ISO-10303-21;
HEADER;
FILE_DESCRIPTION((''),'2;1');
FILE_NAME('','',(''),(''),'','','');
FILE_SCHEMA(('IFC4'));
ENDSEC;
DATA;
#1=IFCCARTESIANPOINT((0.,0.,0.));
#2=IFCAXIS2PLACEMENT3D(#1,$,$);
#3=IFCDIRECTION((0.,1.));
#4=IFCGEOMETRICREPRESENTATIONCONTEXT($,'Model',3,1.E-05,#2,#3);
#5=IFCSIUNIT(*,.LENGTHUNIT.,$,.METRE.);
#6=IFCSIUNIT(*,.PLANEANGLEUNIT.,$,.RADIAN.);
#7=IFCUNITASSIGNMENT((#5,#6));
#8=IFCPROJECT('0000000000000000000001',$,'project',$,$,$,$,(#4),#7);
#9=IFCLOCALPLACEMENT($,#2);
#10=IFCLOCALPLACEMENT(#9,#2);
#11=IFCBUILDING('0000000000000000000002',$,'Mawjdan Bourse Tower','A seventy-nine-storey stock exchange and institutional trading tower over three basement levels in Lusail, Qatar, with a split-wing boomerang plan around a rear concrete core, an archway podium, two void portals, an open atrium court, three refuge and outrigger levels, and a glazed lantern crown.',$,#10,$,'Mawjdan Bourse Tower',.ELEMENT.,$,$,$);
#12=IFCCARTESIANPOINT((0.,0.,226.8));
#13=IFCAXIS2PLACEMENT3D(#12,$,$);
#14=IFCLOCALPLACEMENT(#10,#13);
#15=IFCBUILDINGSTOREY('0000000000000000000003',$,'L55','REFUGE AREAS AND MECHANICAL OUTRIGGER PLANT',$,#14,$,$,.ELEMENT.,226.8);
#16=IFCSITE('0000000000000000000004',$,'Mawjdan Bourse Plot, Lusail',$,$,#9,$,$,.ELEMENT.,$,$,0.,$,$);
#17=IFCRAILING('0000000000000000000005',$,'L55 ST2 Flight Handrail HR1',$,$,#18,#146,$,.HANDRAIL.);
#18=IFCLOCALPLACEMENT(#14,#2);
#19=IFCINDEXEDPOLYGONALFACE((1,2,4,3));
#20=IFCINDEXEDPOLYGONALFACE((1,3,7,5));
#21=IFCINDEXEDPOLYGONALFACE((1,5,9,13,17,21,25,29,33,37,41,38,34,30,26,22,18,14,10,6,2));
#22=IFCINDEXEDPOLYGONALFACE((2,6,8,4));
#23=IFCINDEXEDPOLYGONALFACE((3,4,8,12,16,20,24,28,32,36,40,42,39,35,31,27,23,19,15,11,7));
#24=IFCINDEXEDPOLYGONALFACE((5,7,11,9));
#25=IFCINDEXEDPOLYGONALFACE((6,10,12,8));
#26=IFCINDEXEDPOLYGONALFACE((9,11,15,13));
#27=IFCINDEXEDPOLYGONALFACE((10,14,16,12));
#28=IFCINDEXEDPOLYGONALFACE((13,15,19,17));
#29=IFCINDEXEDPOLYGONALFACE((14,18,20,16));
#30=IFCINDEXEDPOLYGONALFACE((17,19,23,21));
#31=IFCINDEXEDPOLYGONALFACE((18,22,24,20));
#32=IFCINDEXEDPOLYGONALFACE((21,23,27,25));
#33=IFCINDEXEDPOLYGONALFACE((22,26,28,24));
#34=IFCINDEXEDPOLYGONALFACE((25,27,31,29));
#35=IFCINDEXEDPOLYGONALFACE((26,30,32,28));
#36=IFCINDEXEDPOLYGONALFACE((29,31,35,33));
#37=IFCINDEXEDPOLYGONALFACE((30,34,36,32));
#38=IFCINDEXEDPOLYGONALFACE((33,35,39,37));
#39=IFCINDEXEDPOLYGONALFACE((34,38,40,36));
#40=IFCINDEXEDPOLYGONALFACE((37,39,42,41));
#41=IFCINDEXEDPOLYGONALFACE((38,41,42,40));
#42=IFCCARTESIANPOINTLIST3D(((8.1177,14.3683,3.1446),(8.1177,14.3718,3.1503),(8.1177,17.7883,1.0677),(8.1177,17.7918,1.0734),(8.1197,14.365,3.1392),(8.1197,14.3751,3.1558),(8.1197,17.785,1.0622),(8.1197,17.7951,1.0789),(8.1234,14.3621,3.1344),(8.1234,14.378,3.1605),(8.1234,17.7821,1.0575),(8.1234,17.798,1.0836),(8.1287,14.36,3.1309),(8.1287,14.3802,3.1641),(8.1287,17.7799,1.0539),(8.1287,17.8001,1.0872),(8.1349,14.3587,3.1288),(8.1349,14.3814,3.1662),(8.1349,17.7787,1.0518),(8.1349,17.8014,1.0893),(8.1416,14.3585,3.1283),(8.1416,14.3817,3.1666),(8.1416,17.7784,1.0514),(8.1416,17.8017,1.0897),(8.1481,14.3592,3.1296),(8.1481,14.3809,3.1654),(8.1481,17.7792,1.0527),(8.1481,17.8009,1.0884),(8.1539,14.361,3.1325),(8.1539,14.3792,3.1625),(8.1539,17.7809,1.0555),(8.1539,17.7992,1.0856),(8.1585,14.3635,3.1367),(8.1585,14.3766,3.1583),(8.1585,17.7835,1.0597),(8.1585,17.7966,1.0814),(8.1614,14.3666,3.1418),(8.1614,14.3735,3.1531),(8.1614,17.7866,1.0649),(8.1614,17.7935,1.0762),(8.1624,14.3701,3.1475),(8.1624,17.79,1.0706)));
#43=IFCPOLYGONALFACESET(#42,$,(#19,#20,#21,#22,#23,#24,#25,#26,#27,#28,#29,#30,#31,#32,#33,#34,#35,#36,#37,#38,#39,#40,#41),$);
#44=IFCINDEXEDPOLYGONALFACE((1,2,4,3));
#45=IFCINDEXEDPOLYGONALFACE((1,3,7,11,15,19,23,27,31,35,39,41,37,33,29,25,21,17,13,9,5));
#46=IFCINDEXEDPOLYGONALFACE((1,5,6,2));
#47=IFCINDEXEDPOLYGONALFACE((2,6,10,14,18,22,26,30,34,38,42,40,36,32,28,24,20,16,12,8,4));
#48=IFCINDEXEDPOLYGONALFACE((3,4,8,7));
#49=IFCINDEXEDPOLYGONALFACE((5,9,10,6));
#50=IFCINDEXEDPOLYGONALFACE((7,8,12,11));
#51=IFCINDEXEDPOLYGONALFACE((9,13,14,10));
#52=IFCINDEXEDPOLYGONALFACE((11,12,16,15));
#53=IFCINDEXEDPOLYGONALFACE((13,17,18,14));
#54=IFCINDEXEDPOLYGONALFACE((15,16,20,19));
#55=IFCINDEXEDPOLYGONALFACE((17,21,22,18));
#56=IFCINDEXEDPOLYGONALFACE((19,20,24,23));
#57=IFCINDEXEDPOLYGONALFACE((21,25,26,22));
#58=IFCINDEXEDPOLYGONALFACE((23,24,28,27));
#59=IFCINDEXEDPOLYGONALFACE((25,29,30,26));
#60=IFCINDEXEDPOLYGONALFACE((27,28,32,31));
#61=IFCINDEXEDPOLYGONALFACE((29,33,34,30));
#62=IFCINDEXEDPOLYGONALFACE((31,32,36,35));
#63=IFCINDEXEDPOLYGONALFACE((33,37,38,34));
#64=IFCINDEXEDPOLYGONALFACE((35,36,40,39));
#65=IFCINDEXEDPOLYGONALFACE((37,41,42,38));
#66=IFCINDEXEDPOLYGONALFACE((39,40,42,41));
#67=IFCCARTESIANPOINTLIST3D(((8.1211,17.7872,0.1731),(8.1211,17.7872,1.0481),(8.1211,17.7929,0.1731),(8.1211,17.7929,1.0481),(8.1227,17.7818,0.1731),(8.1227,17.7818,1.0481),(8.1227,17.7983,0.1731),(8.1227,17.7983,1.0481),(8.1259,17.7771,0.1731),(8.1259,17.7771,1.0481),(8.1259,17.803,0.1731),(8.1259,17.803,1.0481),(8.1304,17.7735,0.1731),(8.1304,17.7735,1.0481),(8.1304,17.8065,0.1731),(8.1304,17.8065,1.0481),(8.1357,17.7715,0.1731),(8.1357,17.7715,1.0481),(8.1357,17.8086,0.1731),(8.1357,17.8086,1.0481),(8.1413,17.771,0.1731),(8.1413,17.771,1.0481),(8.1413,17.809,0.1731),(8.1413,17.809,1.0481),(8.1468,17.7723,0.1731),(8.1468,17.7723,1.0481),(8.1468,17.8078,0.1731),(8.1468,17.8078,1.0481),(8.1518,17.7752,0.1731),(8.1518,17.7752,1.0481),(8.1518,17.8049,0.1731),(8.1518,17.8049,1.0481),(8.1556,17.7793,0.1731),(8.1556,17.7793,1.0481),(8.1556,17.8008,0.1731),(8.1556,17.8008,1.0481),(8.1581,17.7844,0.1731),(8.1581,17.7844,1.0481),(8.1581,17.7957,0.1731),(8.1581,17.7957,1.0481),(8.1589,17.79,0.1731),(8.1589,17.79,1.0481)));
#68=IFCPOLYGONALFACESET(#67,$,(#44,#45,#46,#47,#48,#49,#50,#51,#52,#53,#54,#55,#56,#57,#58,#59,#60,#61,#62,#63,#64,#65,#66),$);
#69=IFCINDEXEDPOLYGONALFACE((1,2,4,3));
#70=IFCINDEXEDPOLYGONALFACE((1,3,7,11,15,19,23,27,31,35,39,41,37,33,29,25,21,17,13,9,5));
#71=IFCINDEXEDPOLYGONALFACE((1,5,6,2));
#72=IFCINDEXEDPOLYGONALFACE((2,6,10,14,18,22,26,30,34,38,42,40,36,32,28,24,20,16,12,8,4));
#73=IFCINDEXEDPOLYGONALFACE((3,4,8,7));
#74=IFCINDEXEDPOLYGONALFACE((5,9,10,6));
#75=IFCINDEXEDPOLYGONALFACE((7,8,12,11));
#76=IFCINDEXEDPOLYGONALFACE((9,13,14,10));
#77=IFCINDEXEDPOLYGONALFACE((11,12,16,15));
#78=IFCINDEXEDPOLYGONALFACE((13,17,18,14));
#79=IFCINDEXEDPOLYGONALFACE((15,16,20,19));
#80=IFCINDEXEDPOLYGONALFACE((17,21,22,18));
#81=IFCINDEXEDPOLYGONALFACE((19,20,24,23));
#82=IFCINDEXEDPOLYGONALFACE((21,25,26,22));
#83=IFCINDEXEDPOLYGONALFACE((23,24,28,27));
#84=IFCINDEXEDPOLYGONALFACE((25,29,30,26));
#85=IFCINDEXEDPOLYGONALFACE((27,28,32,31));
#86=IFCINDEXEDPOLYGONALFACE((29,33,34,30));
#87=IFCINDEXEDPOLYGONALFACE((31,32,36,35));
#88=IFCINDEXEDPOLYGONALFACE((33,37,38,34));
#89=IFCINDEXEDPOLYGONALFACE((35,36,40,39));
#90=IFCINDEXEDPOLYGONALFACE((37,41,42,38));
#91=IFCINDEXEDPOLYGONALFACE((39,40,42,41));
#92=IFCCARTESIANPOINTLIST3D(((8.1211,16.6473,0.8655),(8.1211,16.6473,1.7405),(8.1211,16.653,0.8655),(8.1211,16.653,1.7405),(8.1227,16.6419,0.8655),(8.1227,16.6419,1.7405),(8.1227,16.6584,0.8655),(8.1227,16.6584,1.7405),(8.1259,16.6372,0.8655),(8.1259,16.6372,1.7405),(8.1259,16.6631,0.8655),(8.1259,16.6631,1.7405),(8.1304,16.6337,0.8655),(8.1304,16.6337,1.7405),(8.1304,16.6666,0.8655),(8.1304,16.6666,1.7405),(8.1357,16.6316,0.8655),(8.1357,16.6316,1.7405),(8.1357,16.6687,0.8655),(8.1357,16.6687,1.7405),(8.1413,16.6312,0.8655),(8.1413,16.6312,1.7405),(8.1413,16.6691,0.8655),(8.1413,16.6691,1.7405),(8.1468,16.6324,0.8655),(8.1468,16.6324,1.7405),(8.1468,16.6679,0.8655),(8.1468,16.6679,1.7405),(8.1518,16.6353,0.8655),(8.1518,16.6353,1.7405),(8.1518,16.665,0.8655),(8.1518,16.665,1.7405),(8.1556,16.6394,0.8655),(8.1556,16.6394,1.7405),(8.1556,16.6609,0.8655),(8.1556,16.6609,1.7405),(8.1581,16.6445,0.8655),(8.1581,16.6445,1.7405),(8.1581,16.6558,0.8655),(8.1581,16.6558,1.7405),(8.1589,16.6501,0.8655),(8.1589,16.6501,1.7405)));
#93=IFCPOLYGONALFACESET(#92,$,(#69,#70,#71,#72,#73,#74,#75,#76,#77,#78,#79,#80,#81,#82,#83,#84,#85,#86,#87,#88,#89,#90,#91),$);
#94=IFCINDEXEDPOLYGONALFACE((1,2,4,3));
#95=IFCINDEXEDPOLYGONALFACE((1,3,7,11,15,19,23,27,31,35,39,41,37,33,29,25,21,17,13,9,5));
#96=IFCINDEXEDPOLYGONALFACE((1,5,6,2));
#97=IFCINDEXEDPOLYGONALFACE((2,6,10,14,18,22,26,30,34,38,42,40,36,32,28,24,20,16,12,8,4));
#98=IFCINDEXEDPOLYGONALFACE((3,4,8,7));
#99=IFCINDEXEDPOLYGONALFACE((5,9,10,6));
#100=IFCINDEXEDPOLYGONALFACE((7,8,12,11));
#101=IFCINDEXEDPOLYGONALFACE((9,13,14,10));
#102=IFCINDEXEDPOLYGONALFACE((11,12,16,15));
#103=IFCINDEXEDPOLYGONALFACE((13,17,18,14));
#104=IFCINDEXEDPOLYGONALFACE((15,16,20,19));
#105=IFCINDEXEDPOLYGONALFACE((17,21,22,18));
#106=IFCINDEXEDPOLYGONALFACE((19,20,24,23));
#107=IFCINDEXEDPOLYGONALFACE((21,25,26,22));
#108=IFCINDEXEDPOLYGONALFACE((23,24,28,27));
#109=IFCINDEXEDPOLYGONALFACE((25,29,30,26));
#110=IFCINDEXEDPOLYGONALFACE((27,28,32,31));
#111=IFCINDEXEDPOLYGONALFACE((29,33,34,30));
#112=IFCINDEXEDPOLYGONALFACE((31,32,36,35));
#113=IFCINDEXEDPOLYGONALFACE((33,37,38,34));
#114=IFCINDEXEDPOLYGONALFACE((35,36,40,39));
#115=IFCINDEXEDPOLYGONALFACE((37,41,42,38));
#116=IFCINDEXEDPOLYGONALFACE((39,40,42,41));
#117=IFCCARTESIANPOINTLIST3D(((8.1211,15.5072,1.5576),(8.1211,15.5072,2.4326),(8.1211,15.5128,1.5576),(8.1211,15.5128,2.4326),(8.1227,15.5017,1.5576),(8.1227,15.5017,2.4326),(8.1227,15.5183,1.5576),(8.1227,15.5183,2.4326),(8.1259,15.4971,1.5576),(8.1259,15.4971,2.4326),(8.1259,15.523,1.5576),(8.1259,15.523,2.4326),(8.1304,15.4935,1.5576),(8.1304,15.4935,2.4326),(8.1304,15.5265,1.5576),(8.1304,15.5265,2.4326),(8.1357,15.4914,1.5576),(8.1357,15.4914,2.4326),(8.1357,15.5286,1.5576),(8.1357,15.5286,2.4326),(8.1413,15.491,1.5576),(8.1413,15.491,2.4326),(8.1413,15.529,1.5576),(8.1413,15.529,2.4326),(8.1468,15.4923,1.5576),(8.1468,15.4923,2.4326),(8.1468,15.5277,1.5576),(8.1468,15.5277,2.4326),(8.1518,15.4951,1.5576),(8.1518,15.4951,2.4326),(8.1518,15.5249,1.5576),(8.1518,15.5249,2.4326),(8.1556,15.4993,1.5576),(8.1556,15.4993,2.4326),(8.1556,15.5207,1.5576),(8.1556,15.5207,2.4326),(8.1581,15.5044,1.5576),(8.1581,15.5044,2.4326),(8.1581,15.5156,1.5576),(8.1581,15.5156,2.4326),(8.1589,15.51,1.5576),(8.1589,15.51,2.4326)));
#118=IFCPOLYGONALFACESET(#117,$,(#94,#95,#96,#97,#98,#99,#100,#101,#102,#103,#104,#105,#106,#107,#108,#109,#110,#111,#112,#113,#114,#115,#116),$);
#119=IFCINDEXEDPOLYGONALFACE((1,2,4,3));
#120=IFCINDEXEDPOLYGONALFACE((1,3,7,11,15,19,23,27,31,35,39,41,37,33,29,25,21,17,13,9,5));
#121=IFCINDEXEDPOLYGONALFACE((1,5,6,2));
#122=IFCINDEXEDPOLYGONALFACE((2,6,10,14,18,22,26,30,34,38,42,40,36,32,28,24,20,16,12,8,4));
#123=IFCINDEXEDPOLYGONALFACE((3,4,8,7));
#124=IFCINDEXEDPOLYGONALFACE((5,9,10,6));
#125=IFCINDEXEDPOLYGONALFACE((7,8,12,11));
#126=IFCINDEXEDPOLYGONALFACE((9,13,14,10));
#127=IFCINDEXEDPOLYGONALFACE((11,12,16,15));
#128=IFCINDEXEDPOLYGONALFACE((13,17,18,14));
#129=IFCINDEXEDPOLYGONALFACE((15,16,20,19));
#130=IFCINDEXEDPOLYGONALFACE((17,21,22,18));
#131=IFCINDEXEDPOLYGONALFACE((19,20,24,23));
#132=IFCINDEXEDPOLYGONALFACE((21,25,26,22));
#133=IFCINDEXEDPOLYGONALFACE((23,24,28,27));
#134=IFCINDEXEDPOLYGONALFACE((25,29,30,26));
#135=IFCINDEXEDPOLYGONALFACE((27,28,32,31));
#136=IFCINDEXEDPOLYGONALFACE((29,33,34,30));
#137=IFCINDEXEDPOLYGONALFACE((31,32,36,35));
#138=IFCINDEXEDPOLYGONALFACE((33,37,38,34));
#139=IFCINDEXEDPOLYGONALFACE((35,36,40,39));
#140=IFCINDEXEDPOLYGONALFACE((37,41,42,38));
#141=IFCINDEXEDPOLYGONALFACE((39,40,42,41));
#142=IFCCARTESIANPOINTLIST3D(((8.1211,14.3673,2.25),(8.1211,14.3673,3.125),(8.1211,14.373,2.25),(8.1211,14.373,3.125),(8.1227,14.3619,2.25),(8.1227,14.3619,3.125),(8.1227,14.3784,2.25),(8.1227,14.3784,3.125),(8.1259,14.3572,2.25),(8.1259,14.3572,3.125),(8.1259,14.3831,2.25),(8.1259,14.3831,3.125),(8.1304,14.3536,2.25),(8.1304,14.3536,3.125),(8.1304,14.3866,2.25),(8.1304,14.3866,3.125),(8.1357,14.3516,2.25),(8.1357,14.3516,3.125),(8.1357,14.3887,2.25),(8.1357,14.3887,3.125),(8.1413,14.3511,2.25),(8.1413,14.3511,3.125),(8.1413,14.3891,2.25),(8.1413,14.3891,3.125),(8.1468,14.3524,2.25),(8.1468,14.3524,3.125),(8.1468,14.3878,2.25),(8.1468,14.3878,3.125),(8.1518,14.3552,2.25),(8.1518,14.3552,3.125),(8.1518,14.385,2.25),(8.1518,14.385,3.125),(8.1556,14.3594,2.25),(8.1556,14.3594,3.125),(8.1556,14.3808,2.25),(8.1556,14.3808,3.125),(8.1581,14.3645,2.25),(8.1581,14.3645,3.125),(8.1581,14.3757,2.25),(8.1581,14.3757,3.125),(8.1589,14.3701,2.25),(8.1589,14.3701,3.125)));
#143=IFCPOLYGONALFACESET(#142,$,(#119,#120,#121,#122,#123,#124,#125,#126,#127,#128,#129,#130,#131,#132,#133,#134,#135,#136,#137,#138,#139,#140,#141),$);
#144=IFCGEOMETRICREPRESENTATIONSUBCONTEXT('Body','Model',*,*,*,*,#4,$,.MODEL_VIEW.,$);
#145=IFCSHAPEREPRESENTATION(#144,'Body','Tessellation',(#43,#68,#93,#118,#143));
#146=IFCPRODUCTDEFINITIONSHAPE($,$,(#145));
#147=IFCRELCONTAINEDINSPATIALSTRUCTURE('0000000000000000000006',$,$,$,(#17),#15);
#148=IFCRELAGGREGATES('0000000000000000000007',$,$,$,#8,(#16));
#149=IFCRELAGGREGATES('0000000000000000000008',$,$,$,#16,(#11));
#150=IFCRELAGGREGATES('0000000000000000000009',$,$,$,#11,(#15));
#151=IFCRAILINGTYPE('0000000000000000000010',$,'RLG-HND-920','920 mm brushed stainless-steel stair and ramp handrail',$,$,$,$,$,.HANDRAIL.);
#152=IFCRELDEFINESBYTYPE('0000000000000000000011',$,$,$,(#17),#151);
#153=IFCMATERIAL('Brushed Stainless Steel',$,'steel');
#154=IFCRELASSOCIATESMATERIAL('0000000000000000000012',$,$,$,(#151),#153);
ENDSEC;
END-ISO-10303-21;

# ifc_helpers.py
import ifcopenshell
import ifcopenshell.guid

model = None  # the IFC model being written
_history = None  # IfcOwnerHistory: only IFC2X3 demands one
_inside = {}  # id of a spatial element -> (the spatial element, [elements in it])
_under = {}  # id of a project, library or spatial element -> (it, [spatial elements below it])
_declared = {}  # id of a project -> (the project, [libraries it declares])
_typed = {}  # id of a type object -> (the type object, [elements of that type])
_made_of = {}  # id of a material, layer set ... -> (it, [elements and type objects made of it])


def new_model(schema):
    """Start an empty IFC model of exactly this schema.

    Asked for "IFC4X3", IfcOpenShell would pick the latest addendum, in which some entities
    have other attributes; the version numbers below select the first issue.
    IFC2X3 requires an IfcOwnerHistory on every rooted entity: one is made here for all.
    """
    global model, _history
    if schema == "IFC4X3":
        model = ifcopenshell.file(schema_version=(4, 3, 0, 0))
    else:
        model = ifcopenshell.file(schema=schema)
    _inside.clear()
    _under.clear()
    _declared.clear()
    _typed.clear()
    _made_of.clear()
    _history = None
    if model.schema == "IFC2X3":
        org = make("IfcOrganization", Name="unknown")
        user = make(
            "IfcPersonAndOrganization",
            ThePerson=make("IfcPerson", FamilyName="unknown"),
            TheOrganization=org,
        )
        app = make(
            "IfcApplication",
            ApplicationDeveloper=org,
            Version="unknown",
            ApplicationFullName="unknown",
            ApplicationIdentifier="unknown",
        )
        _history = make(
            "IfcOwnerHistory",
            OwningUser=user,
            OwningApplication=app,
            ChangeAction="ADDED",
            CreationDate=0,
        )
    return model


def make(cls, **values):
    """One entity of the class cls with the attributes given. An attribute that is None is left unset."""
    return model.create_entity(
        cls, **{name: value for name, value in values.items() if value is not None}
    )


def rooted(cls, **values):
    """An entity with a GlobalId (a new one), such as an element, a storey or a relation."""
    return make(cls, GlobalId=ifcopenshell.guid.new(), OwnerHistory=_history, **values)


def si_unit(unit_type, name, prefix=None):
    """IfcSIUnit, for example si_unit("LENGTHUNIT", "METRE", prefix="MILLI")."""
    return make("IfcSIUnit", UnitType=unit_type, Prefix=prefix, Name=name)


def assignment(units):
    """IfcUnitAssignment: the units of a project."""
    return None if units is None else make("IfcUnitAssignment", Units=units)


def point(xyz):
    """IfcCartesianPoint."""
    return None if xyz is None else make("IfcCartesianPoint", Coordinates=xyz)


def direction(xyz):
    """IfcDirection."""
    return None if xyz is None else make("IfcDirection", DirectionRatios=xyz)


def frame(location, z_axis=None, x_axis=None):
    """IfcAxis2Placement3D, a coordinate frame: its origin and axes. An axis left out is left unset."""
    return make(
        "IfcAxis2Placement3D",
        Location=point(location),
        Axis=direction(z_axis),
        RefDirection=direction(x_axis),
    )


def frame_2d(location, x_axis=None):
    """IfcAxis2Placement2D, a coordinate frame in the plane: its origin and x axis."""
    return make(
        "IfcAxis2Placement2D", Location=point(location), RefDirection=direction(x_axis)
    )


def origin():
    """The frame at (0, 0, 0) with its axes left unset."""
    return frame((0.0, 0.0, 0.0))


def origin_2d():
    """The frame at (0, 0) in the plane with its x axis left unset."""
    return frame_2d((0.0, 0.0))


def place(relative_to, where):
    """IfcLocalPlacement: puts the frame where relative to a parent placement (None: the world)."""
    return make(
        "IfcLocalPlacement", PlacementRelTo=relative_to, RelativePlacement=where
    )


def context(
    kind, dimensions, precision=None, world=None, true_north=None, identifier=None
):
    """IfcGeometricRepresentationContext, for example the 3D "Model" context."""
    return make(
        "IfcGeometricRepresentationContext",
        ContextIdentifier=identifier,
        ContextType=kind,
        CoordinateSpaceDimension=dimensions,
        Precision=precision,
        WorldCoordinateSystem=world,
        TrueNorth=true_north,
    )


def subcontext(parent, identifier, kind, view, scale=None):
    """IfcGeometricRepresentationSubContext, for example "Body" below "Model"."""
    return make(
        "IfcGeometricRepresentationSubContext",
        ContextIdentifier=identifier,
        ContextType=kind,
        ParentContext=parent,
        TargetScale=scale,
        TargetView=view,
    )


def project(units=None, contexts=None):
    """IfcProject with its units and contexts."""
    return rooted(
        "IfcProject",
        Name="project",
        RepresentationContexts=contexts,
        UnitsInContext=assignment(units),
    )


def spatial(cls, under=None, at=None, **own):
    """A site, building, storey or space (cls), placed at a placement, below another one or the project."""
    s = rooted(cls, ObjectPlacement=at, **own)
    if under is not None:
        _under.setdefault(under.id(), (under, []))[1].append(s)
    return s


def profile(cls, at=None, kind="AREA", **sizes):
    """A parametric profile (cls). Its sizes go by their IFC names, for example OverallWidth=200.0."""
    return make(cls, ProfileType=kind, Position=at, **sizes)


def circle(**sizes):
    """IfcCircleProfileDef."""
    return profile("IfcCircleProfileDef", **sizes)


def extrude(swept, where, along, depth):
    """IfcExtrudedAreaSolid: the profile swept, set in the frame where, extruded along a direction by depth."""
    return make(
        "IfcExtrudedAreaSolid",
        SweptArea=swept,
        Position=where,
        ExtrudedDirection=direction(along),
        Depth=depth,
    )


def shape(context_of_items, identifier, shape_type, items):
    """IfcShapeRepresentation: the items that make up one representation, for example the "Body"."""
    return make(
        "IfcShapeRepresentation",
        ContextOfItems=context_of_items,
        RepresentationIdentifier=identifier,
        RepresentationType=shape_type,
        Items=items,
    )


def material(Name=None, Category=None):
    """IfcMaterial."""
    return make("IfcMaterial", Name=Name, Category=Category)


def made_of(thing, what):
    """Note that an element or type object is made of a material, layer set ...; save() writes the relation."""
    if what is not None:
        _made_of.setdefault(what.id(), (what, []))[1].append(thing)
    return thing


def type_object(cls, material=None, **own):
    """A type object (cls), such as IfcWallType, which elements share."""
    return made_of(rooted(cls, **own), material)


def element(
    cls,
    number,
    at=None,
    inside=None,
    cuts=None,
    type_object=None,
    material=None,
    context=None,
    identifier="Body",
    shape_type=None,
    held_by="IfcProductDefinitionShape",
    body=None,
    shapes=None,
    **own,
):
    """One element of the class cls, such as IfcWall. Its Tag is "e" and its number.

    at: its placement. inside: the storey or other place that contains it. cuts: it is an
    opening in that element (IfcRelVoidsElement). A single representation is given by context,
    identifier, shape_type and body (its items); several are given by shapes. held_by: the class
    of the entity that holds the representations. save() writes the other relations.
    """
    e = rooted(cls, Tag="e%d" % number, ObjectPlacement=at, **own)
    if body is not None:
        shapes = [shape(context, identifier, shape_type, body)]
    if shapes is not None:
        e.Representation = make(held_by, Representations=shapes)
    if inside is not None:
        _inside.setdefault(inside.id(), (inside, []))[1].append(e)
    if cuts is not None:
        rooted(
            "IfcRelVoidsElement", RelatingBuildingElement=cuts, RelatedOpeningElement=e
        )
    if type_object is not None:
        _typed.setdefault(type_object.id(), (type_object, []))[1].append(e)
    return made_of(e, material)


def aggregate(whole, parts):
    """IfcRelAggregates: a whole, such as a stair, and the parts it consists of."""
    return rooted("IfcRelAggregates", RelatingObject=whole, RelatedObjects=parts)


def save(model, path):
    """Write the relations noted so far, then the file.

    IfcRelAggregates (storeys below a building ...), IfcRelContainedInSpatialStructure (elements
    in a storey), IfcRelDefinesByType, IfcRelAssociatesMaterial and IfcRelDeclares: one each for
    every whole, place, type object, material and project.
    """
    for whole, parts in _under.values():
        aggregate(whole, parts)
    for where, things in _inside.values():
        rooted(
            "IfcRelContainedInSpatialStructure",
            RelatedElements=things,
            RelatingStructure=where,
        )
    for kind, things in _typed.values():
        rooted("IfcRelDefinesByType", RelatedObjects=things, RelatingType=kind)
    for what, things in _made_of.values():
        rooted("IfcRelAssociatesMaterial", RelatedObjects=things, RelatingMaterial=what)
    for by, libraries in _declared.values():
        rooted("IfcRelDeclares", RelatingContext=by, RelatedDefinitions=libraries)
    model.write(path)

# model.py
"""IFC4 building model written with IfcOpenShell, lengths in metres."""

from ifc_helpers import new_model, si_unit, direction, frame, origin, origin_2d, place, context, subcontext, project, spatial, circle, extrude, material, type_object, element, save


model = new_model("IFC4")

# Units and contexts
model_context = context("Model", 3, precision=1e-05, world=origin(), true_north=direction((0.0, 1.0)))
body_context = subcontext(model_context, "Body", "Model", "MODEL_VIEW")
ifc_project = project(units=[si_unit("LENGTHUNIT", "METRE"), si_unit("PLANEANGLEUNIT", "RADIAN")], contexts=[model_context])

# Site, building, storey
site_placement = place(None, origin())
site = spatial("IfcSite", under=ifc_project, at=site_placement, Name="Mawjdan Bourse Plot, Lusail", CompositionType="ELEMENT", RefElevation=0.0)
building_placement = place(site_placement, origin())
building = spatial("IfcBuilding", under=site, at=building_placement, Name="Mawjdan Bourse Tower", Description="A seventy-nine-storey stock exchange and institutional trading tower over three basement levels in Lusail, Qatar, with a split-wing boomerang plan around a rear concrete core, an archway podium, two void portals, an open atrium court, three refuge and outrigger levels, and a glazed lantern crown.", LongName="Mawjdan Bourse Tower", CompositionType="ELEMENT")
storey_placement = place(building_placement, frame((0.0, 0.0, 226.8)))
storey = spatial("IfcBuildingStorey", under=building, at=storey_placement, Name="L55", Description="REFUGE AREAS AND MECHANICAL OUTRIGGER PLANT", CompositionType="ELEMENT", Elevation=226.8)

# Shared definitions
ifc_material_1 = material(Name="Brushed Stainless Steel", Category="steel")

# Railing
railing_type_1 = type_object("IfcRailingType", Name="RLG-HND-920", Description="920 mm brushed stainless-steel stair and ramp handrail", PredefinedType="HANDRAIL", material=ifc_material_1)
railing_1_placement = place(storey_placement, frame((8.1399, 17.79, 0.1731)))
element("IfcRailing", 1, at=railing_1_placement, inside=storey, type_object=railing_type_1, Name="L55 ST2 Flight Handrail HR1", PredefinedType="HANDRAIL", context=body_context, shape_type="SweptSolid", body=[
    extrude(circle(Radius=0.0225, at=origin_2d()), frame((0.0, 0.0, 0.8975), z_axis=(0.0, -0.85473, 0.519074), x_axis=(1.0, 0.0, 0.0)), (0.0, 0.0, 1.0), 4.0012),
    extrude(circle(Radius=0.019, at=origin_2d()), origin(), (0.0, 0.0, 1.0), 0.875),
    extrude(circle(Radius=0.019, at=origin_2d()), frame((0.0, -1.1399, 0.6924)), (0.0, 0.0, 1.0), 0.875),
    extrude(circle(Radius=0.019, at=origin_2d()), frame((0.0, -2.28, 1.3845)), (0.0, 0.0, 1.0), 0.875),
    extrude(circle(Radius=0.019, at=origin_2d()), frame((0.0, -3.4199, 2.0769)), (0.0, 0.0, 1.0), 0.875),
])

save(model, "model.ifc")
